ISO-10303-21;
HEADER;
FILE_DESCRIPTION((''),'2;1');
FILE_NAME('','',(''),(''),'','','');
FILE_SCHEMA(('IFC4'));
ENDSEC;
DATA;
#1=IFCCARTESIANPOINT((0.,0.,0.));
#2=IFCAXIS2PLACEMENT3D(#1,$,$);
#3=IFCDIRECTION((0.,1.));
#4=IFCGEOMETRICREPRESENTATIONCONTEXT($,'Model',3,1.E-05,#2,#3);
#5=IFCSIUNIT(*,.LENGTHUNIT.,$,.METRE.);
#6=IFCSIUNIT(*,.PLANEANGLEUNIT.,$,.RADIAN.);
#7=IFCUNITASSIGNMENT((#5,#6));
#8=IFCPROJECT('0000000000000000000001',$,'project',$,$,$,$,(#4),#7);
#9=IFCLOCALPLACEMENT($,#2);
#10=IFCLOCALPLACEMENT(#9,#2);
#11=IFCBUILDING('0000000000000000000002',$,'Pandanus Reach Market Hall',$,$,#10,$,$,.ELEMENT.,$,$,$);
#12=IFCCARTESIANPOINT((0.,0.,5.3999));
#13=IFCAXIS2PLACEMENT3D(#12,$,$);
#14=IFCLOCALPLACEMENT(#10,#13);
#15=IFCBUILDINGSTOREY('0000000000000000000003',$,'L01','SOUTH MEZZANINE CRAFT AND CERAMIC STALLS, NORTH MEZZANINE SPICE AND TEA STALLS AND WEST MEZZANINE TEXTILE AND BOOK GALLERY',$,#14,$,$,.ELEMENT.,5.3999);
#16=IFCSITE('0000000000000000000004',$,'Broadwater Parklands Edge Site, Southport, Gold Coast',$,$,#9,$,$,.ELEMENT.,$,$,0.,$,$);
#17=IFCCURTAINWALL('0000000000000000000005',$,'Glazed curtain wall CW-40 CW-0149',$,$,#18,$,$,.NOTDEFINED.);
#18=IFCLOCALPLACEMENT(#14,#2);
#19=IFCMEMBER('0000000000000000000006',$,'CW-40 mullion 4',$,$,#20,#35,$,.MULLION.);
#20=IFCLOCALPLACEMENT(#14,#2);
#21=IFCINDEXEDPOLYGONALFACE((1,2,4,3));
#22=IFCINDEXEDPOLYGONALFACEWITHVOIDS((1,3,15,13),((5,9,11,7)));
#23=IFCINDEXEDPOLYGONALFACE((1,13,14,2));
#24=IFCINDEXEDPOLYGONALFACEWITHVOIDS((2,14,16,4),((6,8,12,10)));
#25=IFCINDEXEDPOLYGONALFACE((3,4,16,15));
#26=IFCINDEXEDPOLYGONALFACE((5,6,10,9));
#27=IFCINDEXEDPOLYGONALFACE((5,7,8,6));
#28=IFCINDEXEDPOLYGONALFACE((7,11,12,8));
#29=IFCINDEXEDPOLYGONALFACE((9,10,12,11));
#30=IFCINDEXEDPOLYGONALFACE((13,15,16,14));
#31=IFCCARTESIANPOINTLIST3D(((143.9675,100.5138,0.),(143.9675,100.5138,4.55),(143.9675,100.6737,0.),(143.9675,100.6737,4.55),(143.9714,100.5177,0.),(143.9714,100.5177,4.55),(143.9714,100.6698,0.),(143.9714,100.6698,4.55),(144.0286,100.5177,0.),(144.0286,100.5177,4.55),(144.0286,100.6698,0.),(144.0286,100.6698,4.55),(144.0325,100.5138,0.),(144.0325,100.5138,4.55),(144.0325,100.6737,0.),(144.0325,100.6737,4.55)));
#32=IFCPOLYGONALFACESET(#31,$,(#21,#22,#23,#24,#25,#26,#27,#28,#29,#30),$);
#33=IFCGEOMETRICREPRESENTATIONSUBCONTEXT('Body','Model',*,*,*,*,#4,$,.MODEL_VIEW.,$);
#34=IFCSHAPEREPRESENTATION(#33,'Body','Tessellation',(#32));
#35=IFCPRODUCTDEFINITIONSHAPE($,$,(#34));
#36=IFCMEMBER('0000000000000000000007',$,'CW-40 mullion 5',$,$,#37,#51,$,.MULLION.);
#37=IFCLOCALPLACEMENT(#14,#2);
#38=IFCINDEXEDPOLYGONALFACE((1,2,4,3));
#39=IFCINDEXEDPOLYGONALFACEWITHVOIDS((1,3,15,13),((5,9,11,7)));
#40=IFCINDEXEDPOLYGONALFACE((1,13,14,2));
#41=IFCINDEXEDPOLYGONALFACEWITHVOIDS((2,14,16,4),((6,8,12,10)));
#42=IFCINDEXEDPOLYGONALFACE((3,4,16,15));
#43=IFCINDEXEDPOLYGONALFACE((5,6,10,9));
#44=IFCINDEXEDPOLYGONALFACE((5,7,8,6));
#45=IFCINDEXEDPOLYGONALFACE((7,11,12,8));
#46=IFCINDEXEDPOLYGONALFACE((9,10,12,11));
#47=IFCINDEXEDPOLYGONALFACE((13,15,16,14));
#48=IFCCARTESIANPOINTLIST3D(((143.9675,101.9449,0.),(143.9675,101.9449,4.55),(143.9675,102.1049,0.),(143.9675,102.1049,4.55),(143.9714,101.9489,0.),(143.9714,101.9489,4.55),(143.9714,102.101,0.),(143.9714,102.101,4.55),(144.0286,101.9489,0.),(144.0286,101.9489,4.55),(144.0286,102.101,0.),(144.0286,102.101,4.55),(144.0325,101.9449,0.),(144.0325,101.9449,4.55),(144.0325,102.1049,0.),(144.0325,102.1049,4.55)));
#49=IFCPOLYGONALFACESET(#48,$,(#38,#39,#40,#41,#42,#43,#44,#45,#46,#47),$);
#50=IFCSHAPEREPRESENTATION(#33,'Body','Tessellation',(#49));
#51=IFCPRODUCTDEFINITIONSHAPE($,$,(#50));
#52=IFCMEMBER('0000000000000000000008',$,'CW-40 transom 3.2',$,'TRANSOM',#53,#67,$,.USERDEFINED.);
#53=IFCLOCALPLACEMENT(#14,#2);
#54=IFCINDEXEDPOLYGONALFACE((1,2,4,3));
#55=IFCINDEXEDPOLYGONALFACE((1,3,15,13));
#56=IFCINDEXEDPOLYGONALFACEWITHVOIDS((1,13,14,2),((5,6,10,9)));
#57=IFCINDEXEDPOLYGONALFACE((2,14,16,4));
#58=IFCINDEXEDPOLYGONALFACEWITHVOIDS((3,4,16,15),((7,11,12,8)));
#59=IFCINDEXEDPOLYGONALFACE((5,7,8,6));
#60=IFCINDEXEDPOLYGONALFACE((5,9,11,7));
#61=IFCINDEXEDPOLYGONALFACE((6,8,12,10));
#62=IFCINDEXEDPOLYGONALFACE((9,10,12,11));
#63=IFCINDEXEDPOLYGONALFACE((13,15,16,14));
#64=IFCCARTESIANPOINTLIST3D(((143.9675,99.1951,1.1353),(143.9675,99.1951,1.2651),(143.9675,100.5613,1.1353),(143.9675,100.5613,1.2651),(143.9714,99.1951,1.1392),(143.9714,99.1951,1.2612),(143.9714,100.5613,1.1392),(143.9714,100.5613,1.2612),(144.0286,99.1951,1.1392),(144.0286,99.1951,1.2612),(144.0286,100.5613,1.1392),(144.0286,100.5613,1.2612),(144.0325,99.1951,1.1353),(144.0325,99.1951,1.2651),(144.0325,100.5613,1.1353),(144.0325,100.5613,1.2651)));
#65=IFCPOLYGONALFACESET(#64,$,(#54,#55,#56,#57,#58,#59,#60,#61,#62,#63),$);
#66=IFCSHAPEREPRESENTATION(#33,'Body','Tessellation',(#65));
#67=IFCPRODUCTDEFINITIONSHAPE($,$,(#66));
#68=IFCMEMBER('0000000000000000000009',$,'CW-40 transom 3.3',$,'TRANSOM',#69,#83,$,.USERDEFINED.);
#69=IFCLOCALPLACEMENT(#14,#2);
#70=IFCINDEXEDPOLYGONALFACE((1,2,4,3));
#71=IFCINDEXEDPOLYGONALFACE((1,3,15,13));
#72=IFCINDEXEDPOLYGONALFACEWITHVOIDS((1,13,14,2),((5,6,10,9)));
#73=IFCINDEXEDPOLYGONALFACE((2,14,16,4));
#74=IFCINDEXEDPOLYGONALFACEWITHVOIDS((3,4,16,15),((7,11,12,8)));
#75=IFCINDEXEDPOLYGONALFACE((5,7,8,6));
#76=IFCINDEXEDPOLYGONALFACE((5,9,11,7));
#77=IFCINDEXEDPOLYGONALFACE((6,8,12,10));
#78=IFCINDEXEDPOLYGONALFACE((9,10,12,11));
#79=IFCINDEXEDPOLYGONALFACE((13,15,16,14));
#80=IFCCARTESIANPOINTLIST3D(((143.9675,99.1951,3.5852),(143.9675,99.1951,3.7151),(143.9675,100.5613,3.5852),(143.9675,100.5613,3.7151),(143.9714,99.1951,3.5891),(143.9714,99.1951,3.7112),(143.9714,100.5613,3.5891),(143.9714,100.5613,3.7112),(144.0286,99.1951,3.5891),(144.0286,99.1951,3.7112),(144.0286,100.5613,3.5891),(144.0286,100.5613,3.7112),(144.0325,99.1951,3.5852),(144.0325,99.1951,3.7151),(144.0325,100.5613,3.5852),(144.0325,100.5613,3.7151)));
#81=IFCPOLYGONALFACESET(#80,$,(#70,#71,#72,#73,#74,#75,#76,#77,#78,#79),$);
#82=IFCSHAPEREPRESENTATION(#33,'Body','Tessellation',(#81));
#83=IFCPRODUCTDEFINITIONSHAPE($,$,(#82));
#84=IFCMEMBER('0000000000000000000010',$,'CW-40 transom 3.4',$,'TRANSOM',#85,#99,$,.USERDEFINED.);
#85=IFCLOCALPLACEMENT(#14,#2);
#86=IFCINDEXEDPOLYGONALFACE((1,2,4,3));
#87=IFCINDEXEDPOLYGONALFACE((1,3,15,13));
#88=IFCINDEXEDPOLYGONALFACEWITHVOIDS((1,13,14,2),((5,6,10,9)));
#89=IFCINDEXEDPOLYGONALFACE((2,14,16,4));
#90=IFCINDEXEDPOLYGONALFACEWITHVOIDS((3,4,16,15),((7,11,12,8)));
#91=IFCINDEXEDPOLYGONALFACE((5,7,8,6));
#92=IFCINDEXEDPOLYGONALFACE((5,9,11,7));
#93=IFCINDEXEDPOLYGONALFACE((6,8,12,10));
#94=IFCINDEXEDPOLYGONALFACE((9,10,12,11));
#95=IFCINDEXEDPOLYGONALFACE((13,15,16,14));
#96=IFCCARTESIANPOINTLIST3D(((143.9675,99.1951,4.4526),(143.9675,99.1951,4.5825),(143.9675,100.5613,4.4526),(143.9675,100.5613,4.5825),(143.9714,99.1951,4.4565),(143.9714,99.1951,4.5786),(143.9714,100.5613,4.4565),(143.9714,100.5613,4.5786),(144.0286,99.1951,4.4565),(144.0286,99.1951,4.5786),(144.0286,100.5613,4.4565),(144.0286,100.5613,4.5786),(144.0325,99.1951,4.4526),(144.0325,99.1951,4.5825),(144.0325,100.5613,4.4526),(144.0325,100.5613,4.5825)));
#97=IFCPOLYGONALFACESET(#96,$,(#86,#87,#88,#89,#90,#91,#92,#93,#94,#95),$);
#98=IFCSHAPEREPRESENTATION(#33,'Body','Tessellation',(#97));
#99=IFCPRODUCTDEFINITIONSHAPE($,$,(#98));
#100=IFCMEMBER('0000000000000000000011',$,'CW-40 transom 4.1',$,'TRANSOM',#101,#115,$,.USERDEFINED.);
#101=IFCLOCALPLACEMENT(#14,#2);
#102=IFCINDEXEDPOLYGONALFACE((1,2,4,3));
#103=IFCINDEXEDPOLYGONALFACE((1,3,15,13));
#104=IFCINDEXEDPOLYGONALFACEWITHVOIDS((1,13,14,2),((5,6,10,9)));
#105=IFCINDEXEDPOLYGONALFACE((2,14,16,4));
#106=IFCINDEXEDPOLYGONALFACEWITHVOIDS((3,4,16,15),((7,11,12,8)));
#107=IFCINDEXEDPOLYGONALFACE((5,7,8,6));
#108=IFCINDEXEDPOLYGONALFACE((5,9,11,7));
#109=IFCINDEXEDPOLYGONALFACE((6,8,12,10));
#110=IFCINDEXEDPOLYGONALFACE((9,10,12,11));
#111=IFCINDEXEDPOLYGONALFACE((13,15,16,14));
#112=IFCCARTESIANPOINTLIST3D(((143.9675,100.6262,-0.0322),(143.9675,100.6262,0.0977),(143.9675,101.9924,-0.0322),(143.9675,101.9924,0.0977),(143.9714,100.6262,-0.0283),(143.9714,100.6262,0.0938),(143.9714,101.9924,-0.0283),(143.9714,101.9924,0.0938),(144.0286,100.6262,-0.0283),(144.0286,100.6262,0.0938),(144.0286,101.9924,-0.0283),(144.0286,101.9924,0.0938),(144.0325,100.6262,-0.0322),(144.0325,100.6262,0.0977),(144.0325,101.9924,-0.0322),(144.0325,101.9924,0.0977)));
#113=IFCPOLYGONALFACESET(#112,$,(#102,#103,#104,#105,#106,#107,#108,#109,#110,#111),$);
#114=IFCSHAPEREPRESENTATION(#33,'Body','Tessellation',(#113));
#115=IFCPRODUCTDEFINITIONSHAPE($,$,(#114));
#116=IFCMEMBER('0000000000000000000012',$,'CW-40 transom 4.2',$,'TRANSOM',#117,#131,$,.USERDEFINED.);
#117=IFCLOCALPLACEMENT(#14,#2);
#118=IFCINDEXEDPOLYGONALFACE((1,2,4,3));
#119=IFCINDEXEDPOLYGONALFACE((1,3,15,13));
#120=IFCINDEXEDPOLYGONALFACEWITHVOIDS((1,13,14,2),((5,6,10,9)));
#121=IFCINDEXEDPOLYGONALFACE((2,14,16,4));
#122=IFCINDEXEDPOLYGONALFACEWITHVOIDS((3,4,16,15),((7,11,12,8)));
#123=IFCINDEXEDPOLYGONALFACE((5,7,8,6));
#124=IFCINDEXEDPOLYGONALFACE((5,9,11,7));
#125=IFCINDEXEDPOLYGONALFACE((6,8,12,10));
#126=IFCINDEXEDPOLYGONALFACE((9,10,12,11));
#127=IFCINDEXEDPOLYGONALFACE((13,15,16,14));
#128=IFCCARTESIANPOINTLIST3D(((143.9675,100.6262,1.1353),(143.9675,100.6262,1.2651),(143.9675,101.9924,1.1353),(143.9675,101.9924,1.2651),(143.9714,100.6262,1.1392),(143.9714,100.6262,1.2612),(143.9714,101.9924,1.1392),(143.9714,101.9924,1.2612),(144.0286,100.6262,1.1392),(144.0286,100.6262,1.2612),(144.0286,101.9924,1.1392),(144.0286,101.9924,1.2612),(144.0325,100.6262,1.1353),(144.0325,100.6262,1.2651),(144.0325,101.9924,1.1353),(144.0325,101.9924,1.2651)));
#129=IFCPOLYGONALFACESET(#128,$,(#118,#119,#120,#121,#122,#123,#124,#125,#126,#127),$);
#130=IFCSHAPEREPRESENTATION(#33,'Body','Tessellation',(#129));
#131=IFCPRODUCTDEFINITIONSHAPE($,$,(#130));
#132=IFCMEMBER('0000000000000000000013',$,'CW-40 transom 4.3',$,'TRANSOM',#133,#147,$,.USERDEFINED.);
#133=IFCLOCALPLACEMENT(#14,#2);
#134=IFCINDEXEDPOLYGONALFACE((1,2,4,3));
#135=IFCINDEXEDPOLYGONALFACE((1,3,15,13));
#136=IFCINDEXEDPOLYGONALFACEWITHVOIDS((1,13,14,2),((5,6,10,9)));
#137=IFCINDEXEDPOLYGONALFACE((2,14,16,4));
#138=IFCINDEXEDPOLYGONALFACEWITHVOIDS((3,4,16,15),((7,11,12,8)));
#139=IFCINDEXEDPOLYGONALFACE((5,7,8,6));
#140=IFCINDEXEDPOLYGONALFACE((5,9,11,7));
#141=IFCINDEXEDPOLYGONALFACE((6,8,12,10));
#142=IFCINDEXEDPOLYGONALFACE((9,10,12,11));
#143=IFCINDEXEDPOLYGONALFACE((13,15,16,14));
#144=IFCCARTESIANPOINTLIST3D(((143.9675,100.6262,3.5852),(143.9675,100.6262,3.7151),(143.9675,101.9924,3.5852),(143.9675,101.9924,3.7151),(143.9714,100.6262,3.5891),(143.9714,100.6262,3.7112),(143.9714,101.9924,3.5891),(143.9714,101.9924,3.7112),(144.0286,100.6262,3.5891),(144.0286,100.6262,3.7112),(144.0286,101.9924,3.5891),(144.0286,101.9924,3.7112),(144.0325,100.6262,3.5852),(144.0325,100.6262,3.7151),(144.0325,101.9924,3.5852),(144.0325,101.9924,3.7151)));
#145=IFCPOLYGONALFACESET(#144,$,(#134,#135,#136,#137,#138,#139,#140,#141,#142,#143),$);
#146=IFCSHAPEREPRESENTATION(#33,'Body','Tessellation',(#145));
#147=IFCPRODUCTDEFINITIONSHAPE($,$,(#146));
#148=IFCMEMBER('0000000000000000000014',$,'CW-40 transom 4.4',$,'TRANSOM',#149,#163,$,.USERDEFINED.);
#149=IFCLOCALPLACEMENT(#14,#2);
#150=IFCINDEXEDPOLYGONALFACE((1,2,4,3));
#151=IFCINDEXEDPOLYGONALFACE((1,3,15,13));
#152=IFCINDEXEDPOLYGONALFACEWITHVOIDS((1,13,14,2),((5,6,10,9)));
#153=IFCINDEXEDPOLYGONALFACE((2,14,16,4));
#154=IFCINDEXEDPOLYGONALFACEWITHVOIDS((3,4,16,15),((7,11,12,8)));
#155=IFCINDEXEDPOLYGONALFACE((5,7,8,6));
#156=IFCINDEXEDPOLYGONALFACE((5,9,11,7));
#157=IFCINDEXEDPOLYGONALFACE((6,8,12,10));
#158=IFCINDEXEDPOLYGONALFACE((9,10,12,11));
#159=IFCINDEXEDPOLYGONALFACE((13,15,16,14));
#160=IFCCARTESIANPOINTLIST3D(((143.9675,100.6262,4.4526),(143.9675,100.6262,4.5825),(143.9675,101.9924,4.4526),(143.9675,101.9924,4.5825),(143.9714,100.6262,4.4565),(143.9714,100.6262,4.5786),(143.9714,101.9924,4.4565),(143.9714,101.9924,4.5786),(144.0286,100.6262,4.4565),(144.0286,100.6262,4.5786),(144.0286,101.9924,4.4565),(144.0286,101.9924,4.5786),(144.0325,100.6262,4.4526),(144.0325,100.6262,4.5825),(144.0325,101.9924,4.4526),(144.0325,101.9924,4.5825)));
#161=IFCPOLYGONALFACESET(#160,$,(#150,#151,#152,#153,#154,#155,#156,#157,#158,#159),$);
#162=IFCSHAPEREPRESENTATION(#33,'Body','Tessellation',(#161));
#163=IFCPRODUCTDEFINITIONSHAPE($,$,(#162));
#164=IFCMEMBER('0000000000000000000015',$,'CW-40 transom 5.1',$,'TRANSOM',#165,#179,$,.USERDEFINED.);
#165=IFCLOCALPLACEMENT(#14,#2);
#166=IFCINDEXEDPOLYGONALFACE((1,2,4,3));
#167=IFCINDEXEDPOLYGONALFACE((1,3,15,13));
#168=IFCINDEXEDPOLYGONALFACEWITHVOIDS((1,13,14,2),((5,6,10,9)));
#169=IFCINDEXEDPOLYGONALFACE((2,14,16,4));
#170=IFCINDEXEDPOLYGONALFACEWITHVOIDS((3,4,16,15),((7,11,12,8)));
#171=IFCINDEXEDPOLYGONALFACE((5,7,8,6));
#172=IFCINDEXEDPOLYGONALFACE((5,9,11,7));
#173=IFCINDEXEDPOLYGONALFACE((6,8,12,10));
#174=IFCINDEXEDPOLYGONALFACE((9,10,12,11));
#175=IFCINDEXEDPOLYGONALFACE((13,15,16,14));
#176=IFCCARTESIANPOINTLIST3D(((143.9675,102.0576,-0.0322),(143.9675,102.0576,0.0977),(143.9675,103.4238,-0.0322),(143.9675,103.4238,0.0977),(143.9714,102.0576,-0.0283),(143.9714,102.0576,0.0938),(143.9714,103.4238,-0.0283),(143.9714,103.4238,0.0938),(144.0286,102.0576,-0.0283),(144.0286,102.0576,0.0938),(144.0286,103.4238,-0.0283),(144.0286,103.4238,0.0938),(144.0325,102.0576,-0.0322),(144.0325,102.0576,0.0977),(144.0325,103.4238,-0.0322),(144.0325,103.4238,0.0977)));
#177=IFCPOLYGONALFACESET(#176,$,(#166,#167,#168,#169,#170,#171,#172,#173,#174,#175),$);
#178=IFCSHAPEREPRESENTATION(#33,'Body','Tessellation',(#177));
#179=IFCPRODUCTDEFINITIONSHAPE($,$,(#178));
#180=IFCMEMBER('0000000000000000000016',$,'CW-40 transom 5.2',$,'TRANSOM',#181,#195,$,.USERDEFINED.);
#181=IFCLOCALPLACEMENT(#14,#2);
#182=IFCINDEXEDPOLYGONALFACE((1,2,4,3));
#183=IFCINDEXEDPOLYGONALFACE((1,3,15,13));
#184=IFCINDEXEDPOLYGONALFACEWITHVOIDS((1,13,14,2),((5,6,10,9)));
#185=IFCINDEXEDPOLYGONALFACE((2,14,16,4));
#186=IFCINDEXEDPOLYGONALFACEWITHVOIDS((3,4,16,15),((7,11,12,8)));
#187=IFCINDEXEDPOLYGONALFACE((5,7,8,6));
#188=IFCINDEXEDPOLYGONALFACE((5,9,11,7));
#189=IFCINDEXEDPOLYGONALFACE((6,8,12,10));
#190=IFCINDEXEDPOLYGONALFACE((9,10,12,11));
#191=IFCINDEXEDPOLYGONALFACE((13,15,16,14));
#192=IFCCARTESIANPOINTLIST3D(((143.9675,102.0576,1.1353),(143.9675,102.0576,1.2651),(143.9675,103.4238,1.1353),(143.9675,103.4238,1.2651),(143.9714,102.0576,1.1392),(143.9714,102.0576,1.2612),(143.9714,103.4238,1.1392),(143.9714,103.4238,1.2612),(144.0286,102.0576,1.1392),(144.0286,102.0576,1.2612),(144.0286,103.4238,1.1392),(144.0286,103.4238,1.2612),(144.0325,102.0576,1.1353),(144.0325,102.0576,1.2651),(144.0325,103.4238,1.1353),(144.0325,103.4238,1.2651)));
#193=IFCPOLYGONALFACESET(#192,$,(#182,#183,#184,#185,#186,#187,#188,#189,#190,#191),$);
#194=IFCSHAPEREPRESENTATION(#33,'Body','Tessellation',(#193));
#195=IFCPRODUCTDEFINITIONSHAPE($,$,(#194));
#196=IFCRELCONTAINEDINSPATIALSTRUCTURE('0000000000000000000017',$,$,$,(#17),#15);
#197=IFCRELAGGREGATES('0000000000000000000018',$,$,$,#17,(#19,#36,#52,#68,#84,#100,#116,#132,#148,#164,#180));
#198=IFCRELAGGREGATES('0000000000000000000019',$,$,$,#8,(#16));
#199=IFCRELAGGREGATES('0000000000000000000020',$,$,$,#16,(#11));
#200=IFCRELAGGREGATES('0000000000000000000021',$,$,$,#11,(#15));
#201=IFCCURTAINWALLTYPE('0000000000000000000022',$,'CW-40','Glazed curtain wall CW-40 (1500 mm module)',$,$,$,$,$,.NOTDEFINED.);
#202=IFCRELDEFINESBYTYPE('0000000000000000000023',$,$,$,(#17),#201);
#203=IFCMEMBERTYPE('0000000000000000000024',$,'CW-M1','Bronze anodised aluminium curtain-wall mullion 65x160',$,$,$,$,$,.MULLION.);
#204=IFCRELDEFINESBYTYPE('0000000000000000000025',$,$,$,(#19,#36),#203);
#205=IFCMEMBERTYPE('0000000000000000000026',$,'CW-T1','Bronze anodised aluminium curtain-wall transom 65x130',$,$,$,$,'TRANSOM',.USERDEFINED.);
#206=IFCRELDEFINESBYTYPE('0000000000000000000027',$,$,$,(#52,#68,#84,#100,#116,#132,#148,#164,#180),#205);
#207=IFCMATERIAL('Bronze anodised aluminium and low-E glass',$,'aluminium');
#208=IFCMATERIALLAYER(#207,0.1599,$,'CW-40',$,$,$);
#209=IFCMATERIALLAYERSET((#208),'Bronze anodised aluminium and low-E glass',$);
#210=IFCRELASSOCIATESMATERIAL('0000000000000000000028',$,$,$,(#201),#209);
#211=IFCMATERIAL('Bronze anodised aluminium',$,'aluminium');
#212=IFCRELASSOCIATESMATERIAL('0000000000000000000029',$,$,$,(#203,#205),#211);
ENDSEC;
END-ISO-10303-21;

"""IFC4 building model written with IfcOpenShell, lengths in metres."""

from ifc_helpers import new_model, si_unit, direction, frame, origin, origin_2d, place, context, subcontext, project, spatial, hollow_rectangle, extrude, material, layer, layer_set, material_profile, profile_set, type_object, element, aggregate, save


model = new_model("IFC4")

# Units and contexts
model_context = context("Model", 3, precision=1e-05, world=origin(), true_north=direction((0.0, 1.0)))
body_context = subcontext(model_context, "Body", "Model", "MODEL_VIEW")
ifc_project = project(units=[si_unit("LENGTHUNIT", "METRE"), si_unit("PLANEANGLEUNIT", "RADIAN")], contexts=[model_context])

# Site, building, storey
site_placement = place(None, origin())
site = spatial("IfcSite", under=ifc_project, at=site_placement, Name="Broadwater Parklands Edge Site, Southport, Gold Coast", CompositionType="ELEMENT", RefElevation=0.0)
building_placement = place(site_placement, origin())
building = spatial("IfcBuilding", under=site, at=building_placement, Name="Pandanus Reach Market Hall", CompositionType="ELEMENT")
storey_placement = place(building_placement, frame((0.0, 0.0, 5.3999)))
storey = spatial("IfcBuildingStorey", under=building, at=storey_placement, Name="L01", Description="SOUTH MEZZANINE CRAFT AND CERAMIC STALLS, NORTH MEZZANINE SPICE AND TEA STALLS AND WEST MEZZANINE TEXTILE AND BOOK GALLERY", CompositionType="ELEMENT", Elevation=5.3999)

# Curtain wall, members
ifc_material_1 = material(Name="Bronze anodised aluminium and low-E glass", Category="aluminium")
ifc_layer_1 = layer(ifc_material_1, 0.1599, Name="CW-40")
ifc_layer_set_1 = layer_set([ifc_layer_1], Name="Bronze anodised aluminium and low-E glass")
curtain_wall_type = type_object("IfcCurtainWallType", Name="CW-40", Description="Glazed curtain wall CW-40 (1500 mm module)", PredefinedType="NOTDEFINED", material=ifc_layer_set_1)
curtain_wall_placement = place(storey_placement, origin())
curtain_wall = element("IfcCurtainWall", 1, at=curtain_wall_placement, inside=storey, type_object=curtain_wall_type, Name="Glazed curtain wall CW-40 CW-0149", PredefinedType="NOTDEFINED")
ifc_material_2 = material(Name="Bronze anodised aluminium", Category="aluminium")
ifc_material_profile_1 = material_profile(ifc_material_2, hollow_rectangle(XDim=0.0649, YDim=0.1599, WallThickness=0.0039, at=origin_2d()), Name="ALU65x160", Category="LoadBearing")
ifc_profile_set_1 = profile_set([ifc_material_profile_1], Name="Bronze anodised aluminium")
member_type_1 = type_object("IfcMemberType", Name="CW-M1", Description="Bronze anodised aluminium curtain-wall mullion 65x160", PredefinedType="MULLION", material=ifc_profile_set_1)
member_1_placement = place(storey_placement, frame((144.0, 100.5938, 0.0), z_axis=(0.0, 0.0, 1.0), x_axis=(-1.0, 0.0, 0.0)))
member_1 = element("IfcMember", 2, at=member_1_placement, type_object=member_type_1, Name="CW-40 mullion 4", PredefinedType="MULLION", context=body_context, shape_type="SweptSolid", body=[
    extrude(hollow_rectangle(XDim=0.0649, YDim=0.1599, WallThickness=0.0039, at=origin_2d()), origin(), (0.0, 0.0, 1.0), 4.55),
])
member_2_placement = place(storey_placement, frame((144.0, 102.0249, 0.0), z_axis=(0.0, 0.0, 1.0), x_axis=(-1.0, 0.0, 0.0)))
member_2 = element("IfcMember", 3, at=member_2_placement, type_object=member_type_1, Name="CW-40 mullion 5", PredefinedType="MULLION", context=body_context, shape_type="SweptSolid", body=[
    extrude(hollow_rectangle(XDim=0.0649, YDim=0.1599, WallThickness=0.0039, at=origin_2d()), origin(), (0.0, 0.0, 1.0), 4.55),
])
ifc_material_profile_2 = material_profile(ifc_material_2, hollow_rectangle(XDim=0.0649, YDim=0.1299, WallThickness=0.0039, at=origin_2d()), Name="ALU65x130", Category="LoadBearing")
ifc_profile_set_2 = profile_set([ifc_material_profile_2], Name="Bronze anodised aluminium")
member_type_2 = type_object("IfcMemberType", Name="CW-T1", Description="Bronze anodised aluminium curtain-wall transom 65x130", ElementType="TRANSOM", PredefinedType="USERDEFINED", material=ifc_profile_set_2)
member_3_placement = place(storey_placement, frame((144.0, 99.1951, 1.2002), z_axis=(0.0, 1.0, 0.0), x_axis=(-1.0, 0.0, 0.0)))
member_3 = element("IfcMember", 4, at=member_3_placement, type_object=member_type_2, Name="CW-40 transom 3.2", ObjectType="TRANSOM", PredefinedType="USERDEFINED", context=body_context, shape_type="SweptSolid", body=[
    extrude(hollow_rectangle(XDim=0.0649, YDim=0.1299, WallThickness=0.0039, at=origin_2d()), origin(), (0.0, 0.0, 1.0), 1.3662),
])
member_4_placement = place(storey_placement, frame((144.0, 99.1951, 3.6501), z_axis=(0.0, 1.0, 0.0), x_axis=(-1.0, 0.0, 0.0)))
member_4 = element("IfcMember", 5, at=member_4_placement, type_object=member_type_2, Name="CW-40 transom 3.3", ObjectType="TRANSOM", PredefinedType="USERDEFINED", context=body_context, shape_type="SweptSolid", body=[
    extrude(hollow_rectangle(XDim=0.0649, YDim=0.1299, WallThickness=0.0039, at=origin_2d()), origin(), (0.0, 0.0, 1.0), 1.3662),
])
member_5_placement = place(storey_placement, frame((144.0, 99.1951, 4.5176), z_axis=(0.0, 1.0, 0.0), x_axis=(-1.0, 0.0, 0.0)))
member_5 = element("IfcMember", 6, at=member_5_placement, type_object=member_type_2, Name="CW-40 transom 3.4", ObjectType="TRANSOM", PredefinedType="USERDEFINED", context=body_context, shape_type="SweptSolid", body=[
    extrude(hollow_rectangle(XDim=0.0649, YDim=0.1299, WallThickness=0.0039, at=origin_2d()), origin(), (0.0, 0.0, 1.0), 1.3662),
])
member_6_placement = place(storey_placement, frame((144.0, 100.6262, 0.0327), z_axis=(0.0, 1.0, 0.0), x_axis=(-1.0, 0.0, 0.0)))
member_6 = element("IfcMember", 7, at=member_6_placement, type_object=member_type_2, Name="CW-40 transom 4.1", ObjectType="TRANSOM", PredefinedType="USERDEFINED", context=body_context, shape_type="SweptSolid", body=[
    extrude(hollow_rectangle(XDim=0.0649, YDim=0.1299, WallThickness=0.0039, at=origin_2d()), origin(), (0.0, 0.0, 1.0), 1.3662),
])
member_7_placement = place(storey_placement, frame((144.0, 100.6262, 1.2002), z_axis=(0.0, 1.0, 0.0), x_axis=(-1.0, 0.0, 0.0)))
member_7 = element("IfcMember", 8, at=member_7_placement, type_object=member_type_2, Name="CW-40 transom 4.2", ObjectType="TRANSOM", PredefinedType="USERDEFINED", context=body_context, shape_type="SweptSolid", body=[
    extrude(hollow_rectangle(XDim=0.0649, YDim=0.1299, WallThickness=0.0039, at=origin_2d()), origin(), (0.0, 0.0, 1.0), 1.3662),
])
member_8_placement = place(storey_placement, frame((144.0, 100.6262, 3.6501), z_axis=(0.0, 1.0, 0.0), x_axis=(-1.0, 0.0, 0.0)))
member_8 = element("IfcMember", 9, at=member_8_placement, type_object=member_type_2, Name="CW-40 transom 4.3", ObjectType="TRANSOM", PredefinedType="USERDEFINED", context=body_context, shape_type="SweptSolid", body=[
    extrude(hollow_rectangle(XDim=0.0649, YDim=0.1299, WallThickness=0.0039, at=origin_2d()), origin(), (0.0, 0.0, 1.0), 1.3662),
])
member_9_placement = place(storey_placement, frame((144.0, 100.6262, 4.5176), z_axis=(0.0, 1.0, 0.0), x_axis=(-1.0, 0.0, 0.0)))
member_9 = element("IfcMember", 10, at=member_9_placement, type_object=member_type_2, Name="CW-40 transom 4.4", ObjectType="TRANSOM", PredefinedType="USERDEFINED", context=body_context, shape_type="SweptSolid", body=[
    extrude(hollow_rectangle(XDim=0.0649, YDim=0.1299, WallThickness=0.0039, at=origin_2d()), origin(), (0.0, 0.0, 1.0), 1.3662),
])
member_10_placement = place(storey_placement, frame((144.0, 102.0576, 0.0327), z_axis=(0.0, 1.0, 0.0), x_axis=(-1.0, 0.0, 0.0)))
member_10 = element("IfcMember", 11, at=member_10_placement, type_object=member_type_2, Name="CW-40 transom 5.1", ObjectType="TRANSOM", PredefinedType="USERDEFINED", context=body_context, shape_type="SweptSolid", body=[
    extrude(hollow_rectangle(XDim=0.0649, YDim=0.1299, WallThickness=0.0039, at=origin_2d()), origin(), (0.0, 0.0, 1.0), 1.3662),
])
member_11_placement = place(storey_placement, frame((144.0, 102.0576, 1.2002), z_axis=(0.0, 1.0, 0.0), x_axis=(-1.0, 0.0, 0.0)))
member_11 = element("IfcMember", 12, at=member_11_placement, type_object=member_type_2, Name="CW-40 transom 5.2", ObjectType="TRANSOM", PredefinedType="USERDEFINED", context=body_context, shape_type="SweptSolid", body=[
    extrude(hollow_rectangle(XDim=0.0649, YDim=0.1299, WallThickness=0.0039, at=origin_2d()), origin(), (0.0, 0.0, 1.0), 1.3662),
])
aggregate(curtain_wall, [member_1, member_2, member_3, member_4, member_5, member_6, member_7, member_8, member_9, member_10, member_11])

save(model, "model.ifc")
